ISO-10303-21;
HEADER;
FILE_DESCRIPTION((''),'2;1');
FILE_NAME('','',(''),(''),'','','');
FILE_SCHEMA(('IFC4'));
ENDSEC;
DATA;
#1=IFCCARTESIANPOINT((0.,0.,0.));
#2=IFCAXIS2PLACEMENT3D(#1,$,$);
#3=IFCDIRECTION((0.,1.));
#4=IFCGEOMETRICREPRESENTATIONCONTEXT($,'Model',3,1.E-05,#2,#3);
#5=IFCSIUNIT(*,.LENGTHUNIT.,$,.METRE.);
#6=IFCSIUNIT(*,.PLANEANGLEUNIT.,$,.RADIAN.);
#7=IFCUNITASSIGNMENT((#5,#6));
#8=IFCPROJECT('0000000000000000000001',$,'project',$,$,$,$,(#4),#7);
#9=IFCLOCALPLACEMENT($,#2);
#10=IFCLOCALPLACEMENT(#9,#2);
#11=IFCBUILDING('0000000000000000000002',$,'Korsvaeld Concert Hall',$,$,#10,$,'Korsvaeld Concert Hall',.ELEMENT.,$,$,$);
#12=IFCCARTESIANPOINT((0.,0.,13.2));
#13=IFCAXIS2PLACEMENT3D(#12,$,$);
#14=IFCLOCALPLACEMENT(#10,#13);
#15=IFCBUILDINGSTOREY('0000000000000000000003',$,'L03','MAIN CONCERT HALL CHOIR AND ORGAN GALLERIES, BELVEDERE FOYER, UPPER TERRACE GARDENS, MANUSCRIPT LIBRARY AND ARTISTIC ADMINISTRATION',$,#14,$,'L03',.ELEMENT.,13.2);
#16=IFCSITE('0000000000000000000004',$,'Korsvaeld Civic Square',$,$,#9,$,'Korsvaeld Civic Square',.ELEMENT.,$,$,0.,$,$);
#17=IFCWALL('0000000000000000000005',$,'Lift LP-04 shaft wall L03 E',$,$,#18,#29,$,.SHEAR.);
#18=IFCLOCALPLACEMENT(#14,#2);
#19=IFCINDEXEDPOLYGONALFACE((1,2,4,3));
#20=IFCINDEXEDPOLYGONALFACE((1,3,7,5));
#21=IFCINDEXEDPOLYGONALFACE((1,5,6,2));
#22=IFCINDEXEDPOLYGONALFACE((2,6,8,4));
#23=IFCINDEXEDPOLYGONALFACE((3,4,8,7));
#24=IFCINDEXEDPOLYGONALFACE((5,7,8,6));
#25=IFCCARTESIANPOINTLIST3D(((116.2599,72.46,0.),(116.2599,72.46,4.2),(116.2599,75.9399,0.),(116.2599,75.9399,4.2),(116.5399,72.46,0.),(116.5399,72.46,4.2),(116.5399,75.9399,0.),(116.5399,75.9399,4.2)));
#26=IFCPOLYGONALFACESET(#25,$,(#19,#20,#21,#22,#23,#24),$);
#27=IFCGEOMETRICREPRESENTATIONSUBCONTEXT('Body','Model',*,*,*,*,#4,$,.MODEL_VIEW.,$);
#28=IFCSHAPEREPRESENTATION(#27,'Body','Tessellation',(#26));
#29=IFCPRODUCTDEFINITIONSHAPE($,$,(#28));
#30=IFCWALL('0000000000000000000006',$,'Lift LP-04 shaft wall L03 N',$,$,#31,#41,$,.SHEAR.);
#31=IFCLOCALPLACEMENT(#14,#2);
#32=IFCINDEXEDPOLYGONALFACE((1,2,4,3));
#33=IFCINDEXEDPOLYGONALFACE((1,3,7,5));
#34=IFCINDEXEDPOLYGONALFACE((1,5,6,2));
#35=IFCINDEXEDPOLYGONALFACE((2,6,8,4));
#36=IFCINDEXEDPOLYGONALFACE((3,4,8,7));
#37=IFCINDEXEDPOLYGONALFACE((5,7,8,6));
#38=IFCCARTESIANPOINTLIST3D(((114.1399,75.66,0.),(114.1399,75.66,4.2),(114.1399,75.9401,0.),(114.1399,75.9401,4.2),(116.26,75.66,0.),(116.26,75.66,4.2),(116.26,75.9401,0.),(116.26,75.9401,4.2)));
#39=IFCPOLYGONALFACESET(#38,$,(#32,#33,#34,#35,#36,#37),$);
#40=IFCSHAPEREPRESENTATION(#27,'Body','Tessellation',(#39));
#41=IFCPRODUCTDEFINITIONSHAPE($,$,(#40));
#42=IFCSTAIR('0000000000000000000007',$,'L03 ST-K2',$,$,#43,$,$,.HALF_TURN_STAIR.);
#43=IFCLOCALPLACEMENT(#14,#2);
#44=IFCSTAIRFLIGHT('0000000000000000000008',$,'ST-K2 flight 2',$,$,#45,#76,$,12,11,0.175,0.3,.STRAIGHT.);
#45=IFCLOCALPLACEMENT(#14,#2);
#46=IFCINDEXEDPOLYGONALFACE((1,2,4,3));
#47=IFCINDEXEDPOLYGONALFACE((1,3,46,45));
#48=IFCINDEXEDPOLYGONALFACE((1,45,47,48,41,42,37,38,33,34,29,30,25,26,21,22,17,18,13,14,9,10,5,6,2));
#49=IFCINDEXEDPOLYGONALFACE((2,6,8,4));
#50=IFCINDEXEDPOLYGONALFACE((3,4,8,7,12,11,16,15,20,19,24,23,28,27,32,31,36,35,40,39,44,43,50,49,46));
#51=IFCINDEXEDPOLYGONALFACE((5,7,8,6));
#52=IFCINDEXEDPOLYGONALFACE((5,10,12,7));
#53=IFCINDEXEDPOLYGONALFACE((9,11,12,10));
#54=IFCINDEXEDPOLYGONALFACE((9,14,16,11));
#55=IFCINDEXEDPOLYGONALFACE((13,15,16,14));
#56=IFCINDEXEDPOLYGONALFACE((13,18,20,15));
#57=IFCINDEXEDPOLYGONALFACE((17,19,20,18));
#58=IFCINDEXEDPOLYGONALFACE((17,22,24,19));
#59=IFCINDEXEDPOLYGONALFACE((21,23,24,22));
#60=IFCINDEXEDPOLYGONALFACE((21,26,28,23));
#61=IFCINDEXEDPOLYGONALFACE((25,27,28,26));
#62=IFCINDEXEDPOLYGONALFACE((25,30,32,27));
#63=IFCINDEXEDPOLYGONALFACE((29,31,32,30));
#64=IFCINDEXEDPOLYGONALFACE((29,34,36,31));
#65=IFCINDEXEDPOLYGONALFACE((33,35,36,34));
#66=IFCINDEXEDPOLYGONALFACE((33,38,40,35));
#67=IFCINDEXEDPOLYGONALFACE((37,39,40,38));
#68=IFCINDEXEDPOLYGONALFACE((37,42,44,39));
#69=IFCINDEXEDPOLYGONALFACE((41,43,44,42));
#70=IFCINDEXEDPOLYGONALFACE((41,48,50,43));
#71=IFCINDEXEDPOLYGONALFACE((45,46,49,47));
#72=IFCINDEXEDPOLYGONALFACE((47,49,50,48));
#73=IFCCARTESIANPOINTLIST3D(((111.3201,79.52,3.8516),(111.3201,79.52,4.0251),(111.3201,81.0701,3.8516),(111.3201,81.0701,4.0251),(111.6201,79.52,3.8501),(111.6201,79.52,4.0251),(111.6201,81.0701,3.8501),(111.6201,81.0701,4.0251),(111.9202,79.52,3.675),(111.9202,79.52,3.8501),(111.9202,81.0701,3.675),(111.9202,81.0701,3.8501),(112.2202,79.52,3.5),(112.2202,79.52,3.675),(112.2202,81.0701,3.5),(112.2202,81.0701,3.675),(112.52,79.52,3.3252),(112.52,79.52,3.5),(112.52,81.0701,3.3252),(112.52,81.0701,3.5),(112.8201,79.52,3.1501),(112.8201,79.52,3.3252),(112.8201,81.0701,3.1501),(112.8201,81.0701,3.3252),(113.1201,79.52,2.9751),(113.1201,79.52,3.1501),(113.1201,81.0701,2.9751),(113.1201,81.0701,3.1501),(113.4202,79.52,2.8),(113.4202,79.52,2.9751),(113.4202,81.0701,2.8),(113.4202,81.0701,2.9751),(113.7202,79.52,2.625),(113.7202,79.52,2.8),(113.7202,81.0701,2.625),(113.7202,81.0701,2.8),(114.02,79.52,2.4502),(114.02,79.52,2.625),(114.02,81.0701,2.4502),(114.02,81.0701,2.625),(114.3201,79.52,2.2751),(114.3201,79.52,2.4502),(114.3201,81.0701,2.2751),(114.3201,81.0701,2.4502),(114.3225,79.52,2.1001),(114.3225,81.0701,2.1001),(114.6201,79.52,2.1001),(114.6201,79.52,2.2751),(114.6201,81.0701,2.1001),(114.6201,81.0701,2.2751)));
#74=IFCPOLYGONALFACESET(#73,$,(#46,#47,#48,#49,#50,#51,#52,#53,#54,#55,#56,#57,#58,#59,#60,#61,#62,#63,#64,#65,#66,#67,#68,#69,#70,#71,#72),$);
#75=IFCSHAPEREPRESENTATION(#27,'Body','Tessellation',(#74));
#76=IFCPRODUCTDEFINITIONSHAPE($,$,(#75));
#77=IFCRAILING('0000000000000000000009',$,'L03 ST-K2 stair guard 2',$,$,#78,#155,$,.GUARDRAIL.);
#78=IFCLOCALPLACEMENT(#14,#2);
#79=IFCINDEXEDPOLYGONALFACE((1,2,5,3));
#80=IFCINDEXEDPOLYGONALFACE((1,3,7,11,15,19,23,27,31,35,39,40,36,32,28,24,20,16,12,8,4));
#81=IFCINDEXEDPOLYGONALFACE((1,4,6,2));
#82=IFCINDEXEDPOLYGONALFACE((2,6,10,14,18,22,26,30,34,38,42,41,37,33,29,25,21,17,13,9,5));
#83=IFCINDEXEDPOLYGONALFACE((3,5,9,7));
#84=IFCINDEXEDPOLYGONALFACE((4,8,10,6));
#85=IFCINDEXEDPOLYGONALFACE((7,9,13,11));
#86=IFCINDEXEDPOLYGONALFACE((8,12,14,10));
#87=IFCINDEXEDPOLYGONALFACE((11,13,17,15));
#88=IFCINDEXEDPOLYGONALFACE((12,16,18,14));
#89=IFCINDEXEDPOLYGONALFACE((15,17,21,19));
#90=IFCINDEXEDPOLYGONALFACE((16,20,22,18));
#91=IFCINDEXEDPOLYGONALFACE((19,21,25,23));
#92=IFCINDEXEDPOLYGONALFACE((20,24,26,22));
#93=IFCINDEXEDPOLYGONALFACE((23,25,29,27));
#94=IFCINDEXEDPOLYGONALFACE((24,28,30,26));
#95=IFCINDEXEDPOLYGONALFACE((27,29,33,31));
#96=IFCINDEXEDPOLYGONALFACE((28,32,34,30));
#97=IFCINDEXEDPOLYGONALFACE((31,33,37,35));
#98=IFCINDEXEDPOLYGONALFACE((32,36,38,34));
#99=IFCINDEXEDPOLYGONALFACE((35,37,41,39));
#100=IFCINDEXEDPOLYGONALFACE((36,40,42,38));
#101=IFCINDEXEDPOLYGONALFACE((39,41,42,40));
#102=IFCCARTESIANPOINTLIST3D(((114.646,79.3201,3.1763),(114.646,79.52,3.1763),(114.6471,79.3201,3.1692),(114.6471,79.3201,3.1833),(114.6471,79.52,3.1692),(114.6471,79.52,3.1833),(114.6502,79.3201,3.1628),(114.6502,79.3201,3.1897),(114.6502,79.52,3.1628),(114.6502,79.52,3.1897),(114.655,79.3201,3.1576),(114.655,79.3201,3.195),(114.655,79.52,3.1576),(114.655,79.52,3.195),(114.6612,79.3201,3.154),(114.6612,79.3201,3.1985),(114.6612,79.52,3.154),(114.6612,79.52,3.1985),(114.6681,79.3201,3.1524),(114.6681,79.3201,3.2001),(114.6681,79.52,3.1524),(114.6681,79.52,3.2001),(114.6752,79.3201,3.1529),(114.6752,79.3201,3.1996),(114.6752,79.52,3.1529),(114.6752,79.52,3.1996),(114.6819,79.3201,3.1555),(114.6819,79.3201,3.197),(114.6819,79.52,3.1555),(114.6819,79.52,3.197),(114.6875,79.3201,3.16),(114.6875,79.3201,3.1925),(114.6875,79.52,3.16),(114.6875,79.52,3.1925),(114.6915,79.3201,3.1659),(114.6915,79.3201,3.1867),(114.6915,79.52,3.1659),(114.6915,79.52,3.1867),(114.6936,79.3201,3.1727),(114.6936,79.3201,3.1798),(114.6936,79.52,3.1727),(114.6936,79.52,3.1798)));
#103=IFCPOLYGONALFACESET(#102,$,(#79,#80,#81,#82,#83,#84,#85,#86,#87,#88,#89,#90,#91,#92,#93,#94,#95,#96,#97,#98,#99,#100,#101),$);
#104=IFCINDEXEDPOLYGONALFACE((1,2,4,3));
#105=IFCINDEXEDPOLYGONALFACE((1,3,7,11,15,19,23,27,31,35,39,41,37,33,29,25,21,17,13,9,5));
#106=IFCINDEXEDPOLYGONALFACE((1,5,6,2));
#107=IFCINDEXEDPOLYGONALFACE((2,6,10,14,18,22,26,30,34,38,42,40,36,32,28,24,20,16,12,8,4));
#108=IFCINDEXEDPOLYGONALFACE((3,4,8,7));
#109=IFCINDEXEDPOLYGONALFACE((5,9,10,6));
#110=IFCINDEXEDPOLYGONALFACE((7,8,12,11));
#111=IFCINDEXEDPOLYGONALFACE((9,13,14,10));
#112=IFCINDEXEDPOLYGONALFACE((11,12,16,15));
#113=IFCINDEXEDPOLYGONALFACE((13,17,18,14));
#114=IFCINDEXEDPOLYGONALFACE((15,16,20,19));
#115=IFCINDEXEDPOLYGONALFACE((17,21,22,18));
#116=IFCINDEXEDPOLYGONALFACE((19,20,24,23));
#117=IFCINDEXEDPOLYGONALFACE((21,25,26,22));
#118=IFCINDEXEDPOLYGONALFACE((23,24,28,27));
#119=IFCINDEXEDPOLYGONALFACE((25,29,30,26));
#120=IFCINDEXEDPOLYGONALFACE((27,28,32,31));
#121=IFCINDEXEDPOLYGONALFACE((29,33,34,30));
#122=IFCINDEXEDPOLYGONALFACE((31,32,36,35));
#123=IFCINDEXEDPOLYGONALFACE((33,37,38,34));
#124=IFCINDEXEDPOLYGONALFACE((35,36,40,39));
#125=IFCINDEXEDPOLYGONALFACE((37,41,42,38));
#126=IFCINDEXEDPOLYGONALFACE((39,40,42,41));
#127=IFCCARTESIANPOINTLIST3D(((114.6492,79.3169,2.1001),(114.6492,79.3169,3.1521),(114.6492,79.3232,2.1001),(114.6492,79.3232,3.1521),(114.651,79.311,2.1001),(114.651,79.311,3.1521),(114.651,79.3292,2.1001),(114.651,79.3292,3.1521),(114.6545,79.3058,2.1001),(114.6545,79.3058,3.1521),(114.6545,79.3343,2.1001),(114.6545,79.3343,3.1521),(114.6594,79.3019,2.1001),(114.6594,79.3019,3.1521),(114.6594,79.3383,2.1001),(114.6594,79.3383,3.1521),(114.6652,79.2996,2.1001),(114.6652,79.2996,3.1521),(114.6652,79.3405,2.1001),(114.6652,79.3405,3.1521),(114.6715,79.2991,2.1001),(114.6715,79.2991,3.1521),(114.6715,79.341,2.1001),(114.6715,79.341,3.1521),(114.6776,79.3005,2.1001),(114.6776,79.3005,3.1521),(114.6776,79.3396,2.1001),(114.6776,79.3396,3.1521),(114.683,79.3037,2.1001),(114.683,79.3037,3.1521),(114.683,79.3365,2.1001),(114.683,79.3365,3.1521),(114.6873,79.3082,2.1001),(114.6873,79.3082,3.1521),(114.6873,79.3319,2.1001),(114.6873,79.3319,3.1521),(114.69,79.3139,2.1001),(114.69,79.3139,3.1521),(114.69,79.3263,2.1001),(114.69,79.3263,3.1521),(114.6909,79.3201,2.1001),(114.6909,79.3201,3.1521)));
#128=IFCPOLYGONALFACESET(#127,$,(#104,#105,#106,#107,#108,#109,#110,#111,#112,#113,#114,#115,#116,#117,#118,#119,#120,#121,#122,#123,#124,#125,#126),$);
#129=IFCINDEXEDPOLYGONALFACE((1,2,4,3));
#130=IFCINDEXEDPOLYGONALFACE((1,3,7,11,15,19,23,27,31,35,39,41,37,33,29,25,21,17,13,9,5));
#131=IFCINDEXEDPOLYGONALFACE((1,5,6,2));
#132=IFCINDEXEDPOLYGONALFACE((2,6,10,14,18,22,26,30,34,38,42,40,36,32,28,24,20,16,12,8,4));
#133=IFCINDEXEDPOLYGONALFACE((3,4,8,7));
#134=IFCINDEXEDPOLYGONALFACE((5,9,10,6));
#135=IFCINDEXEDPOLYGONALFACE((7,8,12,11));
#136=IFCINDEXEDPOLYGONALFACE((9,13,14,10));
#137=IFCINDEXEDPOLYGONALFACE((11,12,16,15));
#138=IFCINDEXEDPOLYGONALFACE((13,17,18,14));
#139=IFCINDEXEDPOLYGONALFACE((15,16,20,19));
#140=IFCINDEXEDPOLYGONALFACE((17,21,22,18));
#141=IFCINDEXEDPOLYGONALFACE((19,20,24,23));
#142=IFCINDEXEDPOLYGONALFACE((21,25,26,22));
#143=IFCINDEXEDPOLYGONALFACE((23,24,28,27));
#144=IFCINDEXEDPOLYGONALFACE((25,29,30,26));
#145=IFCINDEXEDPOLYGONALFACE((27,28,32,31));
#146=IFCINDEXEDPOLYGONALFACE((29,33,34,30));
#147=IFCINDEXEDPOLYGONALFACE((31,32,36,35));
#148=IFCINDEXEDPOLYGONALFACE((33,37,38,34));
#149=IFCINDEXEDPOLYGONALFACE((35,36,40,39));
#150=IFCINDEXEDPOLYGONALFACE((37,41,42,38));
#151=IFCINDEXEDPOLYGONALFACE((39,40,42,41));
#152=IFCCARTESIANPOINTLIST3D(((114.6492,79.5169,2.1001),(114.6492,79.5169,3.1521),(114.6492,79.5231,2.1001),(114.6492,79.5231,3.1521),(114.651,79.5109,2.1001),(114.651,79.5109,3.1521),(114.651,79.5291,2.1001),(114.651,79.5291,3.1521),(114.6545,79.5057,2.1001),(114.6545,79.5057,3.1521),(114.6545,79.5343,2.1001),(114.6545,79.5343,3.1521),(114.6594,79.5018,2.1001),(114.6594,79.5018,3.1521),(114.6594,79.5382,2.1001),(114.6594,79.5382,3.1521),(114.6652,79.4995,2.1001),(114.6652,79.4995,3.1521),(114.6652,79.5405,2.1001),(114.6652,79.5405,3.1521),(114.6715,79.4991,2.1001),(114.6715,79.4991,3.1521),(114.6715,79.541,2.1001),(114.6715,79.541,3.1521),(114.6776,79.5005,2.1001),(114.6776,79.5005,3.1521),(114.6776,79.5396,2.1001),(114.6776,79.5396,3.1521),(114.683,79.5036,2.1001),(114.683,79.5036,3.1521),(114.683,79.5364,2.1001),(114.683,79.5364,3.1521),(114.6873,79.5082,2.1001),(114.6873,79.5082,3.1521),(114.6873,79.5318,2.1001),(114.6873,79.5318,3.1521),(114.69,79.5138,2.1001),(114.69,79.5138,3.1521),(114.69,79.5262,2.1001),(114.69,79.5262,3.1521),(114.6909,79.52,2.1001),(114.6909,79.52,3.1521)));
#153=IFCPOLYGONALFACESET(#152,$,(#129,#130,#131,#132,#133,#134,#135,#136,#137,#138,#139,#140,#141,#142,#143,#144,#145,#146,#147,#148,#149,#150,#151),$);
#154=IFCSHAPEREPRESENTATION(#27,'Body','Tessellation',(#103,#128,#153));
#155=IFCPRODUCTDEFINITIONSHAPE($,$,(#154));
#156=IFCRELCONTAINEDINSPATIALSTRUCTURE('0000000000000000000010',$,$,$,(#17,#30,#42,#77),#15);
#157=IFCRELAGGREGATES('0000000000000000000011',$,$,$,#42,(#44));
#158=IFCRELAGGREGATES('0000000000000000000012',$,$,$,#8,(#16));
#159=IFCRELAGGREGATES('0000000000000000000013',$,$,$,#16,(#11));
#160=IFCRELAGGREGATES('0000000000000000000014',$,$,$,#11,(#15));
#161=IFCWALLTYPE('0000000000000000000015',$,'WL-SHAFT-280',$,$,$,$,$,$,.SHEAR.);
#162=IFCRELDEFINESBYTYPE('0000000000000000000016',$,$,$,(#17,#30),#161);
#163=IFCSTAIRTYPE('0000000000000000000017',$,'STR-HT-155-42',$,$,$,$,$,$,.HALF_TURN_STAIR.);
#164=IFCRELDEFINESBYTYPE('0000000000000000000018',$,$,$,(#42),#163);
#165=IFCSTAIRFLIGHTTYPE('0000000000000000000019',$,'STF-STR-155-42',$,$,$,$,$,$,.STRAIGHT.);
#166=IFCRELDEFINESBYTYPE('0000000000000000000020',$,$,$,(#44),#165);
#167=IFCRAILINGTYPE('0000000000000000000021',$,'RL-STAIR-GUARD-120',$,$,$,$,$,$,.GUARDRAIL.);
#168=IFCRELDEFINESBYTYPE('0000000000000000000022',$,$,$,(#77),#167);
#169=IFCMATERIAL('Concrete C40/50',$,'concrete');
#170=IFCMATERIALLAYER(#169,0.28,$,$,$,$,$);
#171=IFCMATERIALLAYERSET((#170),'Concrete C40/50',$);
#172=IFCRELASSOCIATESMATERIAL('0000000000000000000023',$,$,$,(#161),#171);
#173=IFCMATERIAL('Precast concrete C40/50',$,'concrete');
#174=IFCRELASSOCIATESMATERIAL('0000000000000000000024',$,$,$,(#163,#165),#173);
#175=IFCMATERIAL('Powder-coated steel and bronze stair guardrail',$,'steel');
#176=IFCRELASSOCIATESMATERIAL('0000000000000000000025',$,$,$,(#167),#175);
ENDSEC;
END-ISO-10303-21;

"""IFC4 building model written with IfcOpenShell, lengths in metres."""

from ifc_helpers import new_model, si_unit, direction, frame, frame_2d, origin, origin_2d, place, context, subcontext, project, spatial, polyline, rectangle, circle, outline, extrude, material, layer, layer_set, type_object, element, aggregate, save


model = new_model("IFC4")

# Units and contexts
model_context = context("Model", 3, precision=1e-05, world=origin(), true_north=direction((0.0, 1.0)))
body_context = subcontext(model_context, "Body", "Model", "MODEL_VIEW")
ifc_project = project(units=[si_unit("LENGTHUNIT", "METRE"), si_unit("PLANEANGLEUNIT", "RADIAN")], contexts=[model_context])

# Site, building, storey
site_placement = place(None, origin())
site = spatial("IfcSite", under=ifc_project, at=site_placement, Name="Korsvaeld Civic Square", LongName="Korsvaeld Civic Square", CompositionType="ELEMENT", RefElevation=0.0)
building_placement = place(site_placement, origin())
building = spatial("IfcBuilding", under=site, at=building_placement, Name="Korsvaeld Concert Hall", LongName="Korsvaeld Concert Hall", CompositionType="ELEMENT")
storey_placement = place(building_placement, frame((0.0, 0.0, 13.2)))
storey = spatial("IfcBuildingStorey", under=building, at=storey_placement, Name="L03", Description="MAIN CONCERT HALL CHOIR AND ORGAN GALLERIES, BELVEDERE FOYER, UPPER TERRACE GARDENS, MANUSCRIPT LIBRARY AND ARTISTIC ADMINISTRATION", LongName="L03", CompositionType="ELEMENT", Elevation=13.2)

# Shared definitions
ifc_material_1 = material(Name="Concrete C40/50", Category="concrete")

# Walls
ifc_layer_1 = layer(ifc_material_1, 0.28)
ifc_layer_set_1 = layer_set([ifc_layer_1], Name="Concrete C40/50")
wall_type_1 = type_object("IfcWallType", Name="WL-SHAFT-280", PredefinedType="SHEAR", material=ifc_layer_set_1)
wall_1_placement = place(storey_placement, frame((116.3999, 72.46, 0.0), z_axis=(0.0, 0.0, 1.0), x_axis=(0.0, 1.0, 0.0)))
element("IfcWall", 1, at=wall_1_placement, inside=storey, type_object=wall_type_1, Name="Lift LP-04 shaft wall L03 E", PredefinedType="SHEAR", context=body_context, shape_type="SweptSolid", body=[
    extrude(rectangle(XDim=3.48, YDim=0.28, at=frame_2d((1.74, 0.0))), origin(), (0.0, 0.0, 1.0), 4.2),
])
wall_2_placement = place(storey_placement, frame((116.26, 75.8, 0.0), z_axis=(0.0, 0.0, 1.0), x_axis=(-1.0, 0.0, 0.0)))
element("IfcWall", 2, at=wall_2_placement, inside=storey, type_object=wall_type_1, Name="Lift LP-04 shaft wall L03 N", PredefinedType="SHEAR", context=body_context, shape_type="SweptSolid", body=[
    extrude(rectangle(XDim=2.1201, YDim=0.28, at=frame_2d((1.0601, 0.0))), origin(), (0.0, 0.0, 1.0), 4.2),
])

# Stair, stair flight
ifc_material_2 = material(Name="Precast concrete C40/50", Category="concrete")
stair_type = type_object("IfcStairType", Name="STR-HT-155-42", PredefinedType="HALF_TURN_STAIR", material=ifc_material_2)
stair_placement = place(storey_placement, origin())
stair = element("IfcStair", 3, at=stair_placement, inside=storey, type_object=stair_type, Name="L03 ST-K2", PredefinedType="HALF_TURN_STAIR")
stair_flight_type = type_object("IfcStairFlightType", Name="STF-STR-155-42", PredefinedType="STRAIGHT", material=ifc_material_2)
stair_flight_placement = place(storey_placement, frame((114.6201, 80.2949, 2.1001), z_axis=(0.0, 0.0, 1.0), x_axis=(-1.0, 0.0, 0.0)))
stair_flight = element("IfcStairFlight", 4, at=stair_flight_placement, type_object=stair_flight_type, Name="ST-K2 flight 2", NumberOfRisers=12, NumberOfTreads=11, PredefinedType="STRAIGHT", RiserHeight=0.175, TreadLength=0.3, context=body_context, shape_type="SweptSolid", body=[
    extrude(outline(polyline([(0.0, 0.0), (0.0, 0.175), (0.3, 0.175), (0.3, 0.3501), (0.6001, 0.3501), (0.6001, 0.5249), (0.8999, 0.5249), (0.8999, 0.7), (1.2, 0.7), (1.2, 0.875), (1.5, 0.875), (1.5, 1.05), (1.8, 1.05), (1.8, 1.2251), (2.1001, 1.2251), (2.1001, 1.3999), (2.3999, 1.3999), (2.3999, 1.575), (2.7, 1.575), (2.7, 1.75), (3.0, 1.75), (3.0, 1.925), (3.3, 1.925), (3.3, 2.1001), (3.3, 1.7515), (0.2976, 0.0), (0.0, 0.0)])), frame((0.0, 0.7749, 0.0), z_axis=(0.0, -1.0, 0.0), x_axis=(1.0, 0.0, 0.0)), (0.0, 0.0, 1.0), 1.55),
])
aggregate(stair, [stair_flight])

# Railing
ifc_material_3 = material(Name="Powder-coated steel and bronze stair guardrail", Category="steel")
railing_type_1 = type_object("IfcRailingType", Name="RL-STAIR-GUARD-120", PredefinedType="GUARDRAIL", material=ifc_material_3)
railing_1_placement = place(storey_placement, frame((114.6699, 79.3201, 2.1001)))
element("IfcRailing", 5, at=railing_1_placement, inside=storey, type_object=railing_type_1, Name="L03 ST-K2 stair guard 2", PredefinedType="GUARDRAIL", context=body_context, shape_type="SweptSolid", body=[
    extrude(circle(Radius=0.0239, at=origin_2d()), frame((0.0, 0.0, 1.0762), z_axis=(0.0, 1.0, 0.0), x_axis=(-1.0, 0.0, 0.0)), (0.0, 0.0, 1.0), 0.2),
    extrude(circle(Radius=0.021, at=origin_2d()), origin(), (0.0, 0.0, 1.0), 1.052),
    extrude(circle(Radius=0.021, at=origin_2d()), frame((0.0, 0.2, 0.0)), (0.0, 0.0, 1.0), 1.052),
])

save(model, "model.ifc")
